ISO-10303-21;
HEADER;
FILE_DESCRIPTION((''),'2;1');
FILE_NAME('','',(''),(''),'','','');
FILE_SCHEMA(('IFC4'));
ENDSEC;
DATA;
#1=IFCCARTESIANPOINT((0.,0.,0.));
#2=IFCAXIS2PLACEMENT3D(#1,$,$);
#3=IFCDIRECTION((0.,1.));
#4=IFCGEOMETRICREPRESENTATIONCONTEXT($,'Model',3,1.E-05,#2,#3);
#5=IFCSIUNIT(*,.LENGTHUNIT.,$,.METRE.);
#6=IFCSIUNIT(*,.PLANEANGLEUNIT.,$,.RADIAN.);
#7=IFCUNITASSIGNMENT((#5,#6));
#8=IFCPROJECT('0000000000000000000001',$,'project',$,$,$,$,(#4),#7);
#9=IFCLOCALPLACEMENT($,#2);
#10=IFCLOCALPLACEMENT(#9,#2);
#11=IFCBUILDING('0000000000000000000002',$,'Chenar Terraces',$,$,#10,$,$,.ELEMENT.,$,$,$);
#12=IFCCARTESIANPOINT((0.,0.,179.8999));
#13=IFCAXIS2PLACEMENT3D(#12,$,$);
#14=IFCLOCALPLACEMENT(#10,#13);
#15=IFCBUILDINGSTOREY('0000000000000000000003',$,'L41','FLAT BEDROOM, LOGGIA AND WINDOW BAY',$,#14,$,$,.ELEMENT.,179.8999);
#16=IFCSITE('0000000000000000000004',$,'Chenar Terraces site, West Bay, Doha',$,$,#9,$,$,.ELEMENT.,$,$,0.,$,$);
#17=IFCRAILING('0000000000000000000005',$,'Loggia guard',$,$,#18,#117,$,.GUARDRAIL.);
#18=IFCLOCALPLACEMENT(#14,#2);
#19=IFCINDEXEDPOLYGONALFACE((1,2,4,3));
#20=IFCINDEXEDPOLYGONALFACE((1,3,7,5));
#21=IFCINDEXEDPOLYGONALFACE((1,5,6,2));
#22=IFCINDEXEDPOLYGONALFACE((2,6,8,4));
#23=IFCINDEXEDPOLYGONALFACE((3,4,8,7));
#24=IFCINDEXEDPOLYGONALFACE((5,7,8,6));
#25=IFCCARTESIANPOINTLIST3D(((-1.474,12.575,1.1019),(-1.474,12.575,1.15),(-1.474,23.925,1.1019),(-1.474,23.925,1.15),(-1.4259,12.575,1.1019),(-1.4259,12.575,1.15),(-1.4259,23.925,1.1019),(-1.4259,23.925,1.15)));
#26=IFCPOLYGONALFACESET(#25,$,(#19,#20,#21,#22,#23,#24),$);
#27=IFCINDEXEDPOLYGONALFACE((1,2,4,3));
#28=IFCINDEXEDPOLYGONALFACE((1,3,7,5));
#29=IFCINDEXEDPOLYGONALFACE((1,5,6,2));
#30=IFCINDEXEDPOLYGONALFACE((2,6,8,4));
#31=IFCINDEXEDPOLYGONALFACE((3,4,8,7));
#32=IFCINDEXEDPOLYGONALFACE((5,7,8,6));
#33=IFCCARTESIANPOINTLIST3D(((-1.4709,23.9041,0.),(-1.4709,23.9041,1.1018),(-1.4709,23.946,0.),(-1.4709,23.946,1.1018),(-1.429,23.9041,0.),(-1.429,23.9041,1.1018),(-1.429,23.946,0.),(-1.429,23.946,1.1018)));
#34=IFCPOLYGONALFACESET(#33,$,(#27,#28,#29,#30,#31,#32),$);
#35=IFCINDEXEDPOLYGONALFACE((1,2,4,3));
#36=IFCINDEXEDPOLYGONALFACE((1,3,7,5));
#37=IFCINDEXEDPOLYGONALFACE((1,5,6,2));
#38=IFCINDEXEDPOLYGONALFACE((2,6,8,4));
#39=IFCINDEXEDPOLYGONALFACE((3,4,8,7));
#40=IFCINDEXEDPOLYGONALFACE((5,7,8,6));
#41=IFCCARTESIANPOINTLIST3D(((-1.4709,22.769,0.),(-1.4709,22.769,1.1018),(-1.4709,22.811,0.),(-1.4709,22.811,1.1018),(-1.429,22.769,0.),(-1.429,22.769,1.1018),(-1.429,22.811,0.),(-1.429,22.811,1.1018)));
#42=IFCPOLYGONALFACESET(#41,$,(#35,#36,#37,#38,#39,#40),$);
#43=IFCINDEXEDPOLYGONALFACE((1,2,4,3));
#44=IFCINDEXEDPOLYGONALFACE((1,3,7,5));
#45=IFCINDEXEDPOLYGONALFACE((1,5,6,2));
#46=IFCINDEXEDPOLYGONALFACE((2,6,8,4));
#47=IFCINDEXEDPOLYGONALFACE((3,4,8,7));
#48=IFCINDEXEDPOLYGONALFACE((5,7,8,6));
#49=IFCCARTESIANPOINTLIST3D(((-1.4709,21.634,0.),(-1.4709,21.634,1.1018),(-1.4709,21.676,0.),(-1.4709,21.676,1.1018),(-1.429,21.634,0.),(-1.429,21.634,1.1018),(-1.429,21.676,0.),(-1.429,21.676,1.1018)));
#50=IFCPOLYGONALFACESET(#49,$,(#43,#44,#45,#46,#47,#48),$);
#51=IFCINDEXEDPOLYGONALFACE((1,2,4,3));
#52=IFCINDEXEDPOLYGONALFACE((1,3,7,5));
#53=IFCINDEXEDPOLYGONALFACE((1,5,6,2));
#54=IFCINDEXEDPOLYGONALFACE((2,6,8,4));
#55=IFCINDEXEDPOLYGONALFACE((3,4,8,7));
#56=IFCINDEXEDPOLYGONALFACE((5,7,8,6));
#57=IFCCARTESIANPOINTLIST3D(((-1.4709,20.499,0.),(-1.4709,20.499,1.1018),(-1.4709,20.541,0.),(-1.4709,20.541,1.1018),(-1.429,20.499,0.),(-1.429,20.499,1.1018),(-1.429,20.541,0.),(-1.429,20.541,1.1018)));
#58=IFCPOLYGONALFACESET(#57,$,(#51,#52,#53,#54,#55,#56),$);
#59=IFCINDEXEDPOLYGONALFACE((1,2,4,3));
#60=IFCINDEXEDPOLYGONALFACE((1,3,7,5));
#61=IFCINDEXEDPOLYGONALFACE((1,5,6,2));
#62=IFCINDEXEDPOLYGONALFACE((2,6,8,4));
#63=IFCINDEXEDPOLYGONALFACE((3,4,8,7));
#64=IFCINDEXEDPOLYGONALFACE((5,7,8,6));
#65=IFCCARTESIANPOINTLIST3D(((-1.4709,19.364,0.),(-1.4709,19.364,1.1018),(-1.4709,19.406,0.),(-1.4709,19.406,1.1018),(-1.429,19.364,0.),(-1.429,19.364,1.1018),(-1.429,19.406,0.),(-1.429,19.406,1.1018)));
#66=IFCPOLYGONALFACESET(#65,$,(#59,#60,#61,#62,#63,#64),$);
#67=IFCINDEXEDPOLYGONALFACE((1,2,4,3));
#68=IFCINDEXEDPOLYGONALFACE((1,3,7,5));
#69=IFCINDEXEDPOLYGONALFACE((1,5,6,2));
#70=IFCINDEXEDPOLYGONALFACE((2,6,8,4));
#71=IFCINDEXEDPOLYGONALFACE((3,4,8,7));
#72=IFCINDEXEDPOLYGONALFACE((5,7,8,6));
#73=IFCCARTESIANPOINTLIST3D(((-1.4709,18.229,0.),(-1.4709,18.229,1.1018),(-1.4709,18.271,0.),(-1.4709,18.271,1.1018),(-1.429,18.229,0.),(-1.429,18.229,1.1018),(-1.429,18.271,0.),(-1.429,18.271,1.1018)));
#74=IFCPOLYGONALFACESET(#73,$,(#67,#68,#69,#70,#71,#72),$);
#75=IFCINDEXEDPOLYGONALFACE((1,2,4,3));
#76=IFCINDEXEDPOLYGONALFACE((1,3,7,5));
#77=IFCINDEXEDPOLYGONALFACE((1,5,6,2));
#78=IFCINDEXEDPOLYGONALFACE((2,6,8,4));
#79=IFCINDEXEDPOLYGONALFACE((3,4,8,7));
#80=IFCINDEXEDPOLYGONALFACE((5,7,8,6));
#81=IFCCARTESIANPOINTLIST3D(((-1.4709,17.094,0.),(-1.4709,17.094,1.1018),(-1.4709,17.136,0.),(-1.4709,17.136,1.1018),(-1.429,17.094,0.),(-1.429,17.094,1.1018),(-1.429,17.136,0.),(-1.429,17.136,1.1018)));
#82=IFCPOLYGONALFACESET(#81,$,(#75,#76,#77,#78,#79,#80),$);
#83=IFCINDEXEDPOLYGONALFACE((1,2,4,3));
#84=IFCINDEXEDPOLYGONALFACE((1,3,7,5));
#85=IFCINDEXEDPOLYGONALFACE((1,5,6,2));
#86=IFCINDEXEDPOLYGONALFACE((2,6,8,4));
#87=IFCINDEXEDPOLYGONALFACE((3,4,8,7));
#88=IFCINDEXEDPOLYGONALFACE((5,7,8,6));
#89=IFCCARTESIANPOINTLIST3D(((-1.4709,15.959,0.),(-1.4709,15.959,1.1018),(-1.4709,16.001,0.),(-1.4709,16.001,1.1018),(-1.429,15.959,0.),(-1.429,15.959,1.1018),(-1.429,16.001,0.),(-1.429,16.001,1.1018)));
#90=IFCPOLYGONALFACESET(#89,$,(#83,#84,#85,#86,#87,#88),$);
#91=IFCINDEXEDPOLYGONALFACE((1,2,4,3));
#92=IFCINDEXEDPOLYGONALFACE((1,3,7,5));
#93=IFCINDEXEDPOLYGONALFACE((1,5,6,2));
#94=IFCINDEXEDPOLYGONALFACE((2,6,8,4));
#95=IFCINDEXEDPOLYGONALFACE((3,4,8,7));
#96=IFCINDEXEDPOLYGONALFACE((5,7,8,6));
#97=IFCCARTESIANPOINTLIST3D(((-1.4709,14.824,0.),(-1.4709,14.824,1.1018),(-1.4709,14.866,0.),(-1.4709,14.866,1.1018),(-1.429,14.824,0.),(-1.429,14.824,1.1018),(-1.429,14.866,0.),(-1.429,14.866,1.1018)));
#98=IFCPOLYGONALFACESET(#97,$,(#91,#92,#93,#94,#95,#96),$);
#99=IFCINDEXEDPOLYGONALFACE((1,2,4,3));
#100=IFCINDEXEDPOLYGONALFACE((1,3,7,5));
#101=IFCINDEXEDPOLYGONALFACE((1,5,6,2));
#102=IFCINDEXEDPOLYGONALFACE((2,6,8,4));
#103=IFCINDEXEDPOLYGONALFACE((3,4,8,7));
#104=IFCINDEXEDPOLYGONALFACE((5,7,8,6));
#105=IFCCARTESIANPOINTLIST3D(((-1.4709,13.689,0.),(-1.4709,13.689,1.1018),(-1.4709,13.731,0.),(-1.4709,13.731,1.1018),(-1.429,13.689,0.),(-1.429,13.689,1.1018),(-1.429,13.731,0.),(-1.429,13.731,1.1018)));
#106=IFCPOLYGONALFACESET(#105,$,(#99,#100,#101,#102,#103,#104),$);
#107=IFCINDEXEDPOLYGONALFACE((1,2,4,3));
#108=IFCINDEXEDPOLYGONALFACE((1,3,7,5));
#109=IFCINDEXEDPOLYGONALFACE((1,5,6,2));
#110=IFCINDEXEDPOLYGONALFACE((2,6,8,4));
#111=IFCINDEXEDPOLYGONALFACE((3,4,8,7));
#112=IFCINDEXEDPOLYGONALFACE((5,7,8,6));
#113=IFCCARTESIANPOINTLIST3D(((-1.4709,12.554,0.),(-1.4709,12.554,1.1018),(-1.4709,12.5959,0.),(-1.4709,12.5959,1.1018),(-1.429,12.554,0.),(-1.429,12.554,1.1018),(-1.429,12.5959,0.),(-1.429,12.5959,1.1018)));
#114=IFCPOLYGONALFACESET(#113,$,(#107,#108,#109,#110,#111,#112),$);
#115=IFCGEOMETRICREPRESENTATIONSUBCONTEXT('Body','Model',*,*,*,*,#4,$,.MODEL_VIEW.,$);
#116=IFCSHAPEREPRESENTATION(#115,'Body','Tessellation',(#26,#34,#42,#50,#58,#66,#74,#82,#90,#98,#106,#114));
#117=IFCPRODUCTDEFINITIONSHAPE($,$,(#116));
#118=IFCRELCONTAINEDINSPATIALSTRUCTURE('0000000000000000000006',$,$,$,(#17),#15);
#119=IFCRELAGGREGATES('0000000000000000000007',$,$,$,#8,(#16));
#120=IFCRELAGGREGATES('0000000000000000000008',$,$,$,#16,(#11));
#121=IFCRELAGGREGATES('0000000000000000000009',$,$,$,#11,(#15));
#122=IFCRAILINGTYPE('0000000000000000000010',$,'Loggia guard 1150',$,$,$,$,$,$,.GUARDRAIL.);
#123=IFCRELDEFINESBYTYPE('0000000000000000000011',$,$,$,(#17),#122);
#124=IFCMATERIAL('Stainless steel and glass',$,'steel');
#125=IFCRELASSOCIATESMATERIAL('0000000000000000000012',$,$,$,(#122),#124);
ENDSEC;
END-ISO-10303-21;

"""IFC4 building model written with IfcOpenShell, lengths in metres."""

from ifc_helpers import new_model, si_unit, direction, frame, origin, origin_2d, place, context, subcontext, project, spatial, rectangle, extrude, material, type_object, element, save


model = new_model("IFC4")

# Units and contexts
model_context = context("Model", 3, precision=1e-05, world=origin(), true_north=direction((0.0, 1.0)))
body_context = subcontext(model_context, "Body", "Model", "MODEL_VIEW")
ifc_project = project(units=[si_unit("LENGTHUNIT", "METRE"), si_unit("PLANEANGLEUNIT", "RADIAN")], contexts=[model_context])

# Site, building, storey
site_placement = place(None, origin())
site = spatial("IfcSite", under=ifc_project, at=site_placement, Name="Chenar Terraces site, West Bay, Doha", CompositionType="ELEMENT", RefElevation=0.0)
building_placement = place(site_placement, origin())
building = spatial("IfcBuilding", under=site, at=building_placement, Name="Chenar Terraces", CompositionType="ELEMENT")
storey_placement = place(building_placement, frame((0.0, 0.0, 179.8999)))
storey = spatial("IfcBuildingStorey", under=building, at=storey_placement, Name="L41", Description="FLAT BEDROOM, LOGGIA AND WINDOW BAY", CompositionType="ELEMENT", Elevation=179.8999)

# Railing
ifc_material_1 = material(Name="Stainless steel and glass", Category="steel")
railing_type_1 = type_object("IfcRailingType", Name="Loggia guard 1150", PredefinedType="GUARDRAIL", material=ifc_material_1)
railing_1_placement = place(storey_placement, frame((-1.45, 23.925, 0.0)))
element("IfcRailing", 1, at=railing_1_placement, inside=storey, type_object=railing_type_1, Name="Loggia guard", PredefinedType="GUARDRAIL", context=body_context, shape_type="SweptSolid", body=[
    extrude(rectangle(XDim=0.0481, YDim=0.0481, at=origin_2d()), frame((0.0, 0.0, 1.126), z_axis=(0.0, -1.0, 0.0), x_axis=(1.0, 0.0, 0.0)), (0.0, 0.0, 1.0), 11.3501),
    extrude(rectangle(XDim=0.042, YDim=0.042, at=origin_2d()), origin(), (0.0, 0.0, 1.0), 1.1018),
    extrude(rectangle(XDim=0.042, YDim=0.042, at=origin_2d()), frame((0.0, -1.135, 0.0)), (0.0, 0.0, 1.0), 1.1018),
    extrude(rectangle(XDim=0.042, YDim=0.042, at=origin_2d()), frame((0.0, -2.27, 0.0)), (0.0, 0.0, 1.0), 1.1018),
    extrude(rectangle(XDim=0.042, YDim=0.042, at=origin_2d()), frame((0.0, -3.405, 0.0)), (0.0, 0.0, 1.0), 1.1018),
    extrude(rectangle(XDim=0.042, YDim=0.042, at=origin_2d()), frame((0.0, -4.54, 0.0)), (0.0, 0.0, 1.0), 1.1018),
    extrude(rectangle(XDim=0.042, YDim=0.042, at=origin_2d()), frame((0.0, -5.675, 0.0)), (0.0, 0.0, 1.0), 1.1018),
    extrude(rectangle(XDim=0.042, YDim=0.042, at=origin_2d()), frame((0.0, -6.8101, 0.0)), (0.0, 0.0, 1.0), 1.1018),
    extrude(rectangle(XDim=0.042, YDim=0.042, at=origin_2d()), frame((0.0, -7.9451, 0.0)), (0.0, 0.0, 1.0), 1.1018),
    extrude(rectangle(XDim=0.042, YDim=0.042, at=origin_2d()), frame((0.0, -9.0801, 0.0)), (0.0, 0.0, 1.0), 1.1018),
    extrude(rectangle(XDim=0.042, YDim=0.042, at=origin_2d()), frame((0.0, -10.2151, 0.0)), (0.0, 0.0, 1.0), 1.1018),
    extrude(rectangle(XDim=0.042, YDim=0.042, at=origin_2d()), frame((0.0, -11.3501, 0.0)), (0.0, 0.0, 1.0), 1.1018),
])

save(model, "model.ifc")
